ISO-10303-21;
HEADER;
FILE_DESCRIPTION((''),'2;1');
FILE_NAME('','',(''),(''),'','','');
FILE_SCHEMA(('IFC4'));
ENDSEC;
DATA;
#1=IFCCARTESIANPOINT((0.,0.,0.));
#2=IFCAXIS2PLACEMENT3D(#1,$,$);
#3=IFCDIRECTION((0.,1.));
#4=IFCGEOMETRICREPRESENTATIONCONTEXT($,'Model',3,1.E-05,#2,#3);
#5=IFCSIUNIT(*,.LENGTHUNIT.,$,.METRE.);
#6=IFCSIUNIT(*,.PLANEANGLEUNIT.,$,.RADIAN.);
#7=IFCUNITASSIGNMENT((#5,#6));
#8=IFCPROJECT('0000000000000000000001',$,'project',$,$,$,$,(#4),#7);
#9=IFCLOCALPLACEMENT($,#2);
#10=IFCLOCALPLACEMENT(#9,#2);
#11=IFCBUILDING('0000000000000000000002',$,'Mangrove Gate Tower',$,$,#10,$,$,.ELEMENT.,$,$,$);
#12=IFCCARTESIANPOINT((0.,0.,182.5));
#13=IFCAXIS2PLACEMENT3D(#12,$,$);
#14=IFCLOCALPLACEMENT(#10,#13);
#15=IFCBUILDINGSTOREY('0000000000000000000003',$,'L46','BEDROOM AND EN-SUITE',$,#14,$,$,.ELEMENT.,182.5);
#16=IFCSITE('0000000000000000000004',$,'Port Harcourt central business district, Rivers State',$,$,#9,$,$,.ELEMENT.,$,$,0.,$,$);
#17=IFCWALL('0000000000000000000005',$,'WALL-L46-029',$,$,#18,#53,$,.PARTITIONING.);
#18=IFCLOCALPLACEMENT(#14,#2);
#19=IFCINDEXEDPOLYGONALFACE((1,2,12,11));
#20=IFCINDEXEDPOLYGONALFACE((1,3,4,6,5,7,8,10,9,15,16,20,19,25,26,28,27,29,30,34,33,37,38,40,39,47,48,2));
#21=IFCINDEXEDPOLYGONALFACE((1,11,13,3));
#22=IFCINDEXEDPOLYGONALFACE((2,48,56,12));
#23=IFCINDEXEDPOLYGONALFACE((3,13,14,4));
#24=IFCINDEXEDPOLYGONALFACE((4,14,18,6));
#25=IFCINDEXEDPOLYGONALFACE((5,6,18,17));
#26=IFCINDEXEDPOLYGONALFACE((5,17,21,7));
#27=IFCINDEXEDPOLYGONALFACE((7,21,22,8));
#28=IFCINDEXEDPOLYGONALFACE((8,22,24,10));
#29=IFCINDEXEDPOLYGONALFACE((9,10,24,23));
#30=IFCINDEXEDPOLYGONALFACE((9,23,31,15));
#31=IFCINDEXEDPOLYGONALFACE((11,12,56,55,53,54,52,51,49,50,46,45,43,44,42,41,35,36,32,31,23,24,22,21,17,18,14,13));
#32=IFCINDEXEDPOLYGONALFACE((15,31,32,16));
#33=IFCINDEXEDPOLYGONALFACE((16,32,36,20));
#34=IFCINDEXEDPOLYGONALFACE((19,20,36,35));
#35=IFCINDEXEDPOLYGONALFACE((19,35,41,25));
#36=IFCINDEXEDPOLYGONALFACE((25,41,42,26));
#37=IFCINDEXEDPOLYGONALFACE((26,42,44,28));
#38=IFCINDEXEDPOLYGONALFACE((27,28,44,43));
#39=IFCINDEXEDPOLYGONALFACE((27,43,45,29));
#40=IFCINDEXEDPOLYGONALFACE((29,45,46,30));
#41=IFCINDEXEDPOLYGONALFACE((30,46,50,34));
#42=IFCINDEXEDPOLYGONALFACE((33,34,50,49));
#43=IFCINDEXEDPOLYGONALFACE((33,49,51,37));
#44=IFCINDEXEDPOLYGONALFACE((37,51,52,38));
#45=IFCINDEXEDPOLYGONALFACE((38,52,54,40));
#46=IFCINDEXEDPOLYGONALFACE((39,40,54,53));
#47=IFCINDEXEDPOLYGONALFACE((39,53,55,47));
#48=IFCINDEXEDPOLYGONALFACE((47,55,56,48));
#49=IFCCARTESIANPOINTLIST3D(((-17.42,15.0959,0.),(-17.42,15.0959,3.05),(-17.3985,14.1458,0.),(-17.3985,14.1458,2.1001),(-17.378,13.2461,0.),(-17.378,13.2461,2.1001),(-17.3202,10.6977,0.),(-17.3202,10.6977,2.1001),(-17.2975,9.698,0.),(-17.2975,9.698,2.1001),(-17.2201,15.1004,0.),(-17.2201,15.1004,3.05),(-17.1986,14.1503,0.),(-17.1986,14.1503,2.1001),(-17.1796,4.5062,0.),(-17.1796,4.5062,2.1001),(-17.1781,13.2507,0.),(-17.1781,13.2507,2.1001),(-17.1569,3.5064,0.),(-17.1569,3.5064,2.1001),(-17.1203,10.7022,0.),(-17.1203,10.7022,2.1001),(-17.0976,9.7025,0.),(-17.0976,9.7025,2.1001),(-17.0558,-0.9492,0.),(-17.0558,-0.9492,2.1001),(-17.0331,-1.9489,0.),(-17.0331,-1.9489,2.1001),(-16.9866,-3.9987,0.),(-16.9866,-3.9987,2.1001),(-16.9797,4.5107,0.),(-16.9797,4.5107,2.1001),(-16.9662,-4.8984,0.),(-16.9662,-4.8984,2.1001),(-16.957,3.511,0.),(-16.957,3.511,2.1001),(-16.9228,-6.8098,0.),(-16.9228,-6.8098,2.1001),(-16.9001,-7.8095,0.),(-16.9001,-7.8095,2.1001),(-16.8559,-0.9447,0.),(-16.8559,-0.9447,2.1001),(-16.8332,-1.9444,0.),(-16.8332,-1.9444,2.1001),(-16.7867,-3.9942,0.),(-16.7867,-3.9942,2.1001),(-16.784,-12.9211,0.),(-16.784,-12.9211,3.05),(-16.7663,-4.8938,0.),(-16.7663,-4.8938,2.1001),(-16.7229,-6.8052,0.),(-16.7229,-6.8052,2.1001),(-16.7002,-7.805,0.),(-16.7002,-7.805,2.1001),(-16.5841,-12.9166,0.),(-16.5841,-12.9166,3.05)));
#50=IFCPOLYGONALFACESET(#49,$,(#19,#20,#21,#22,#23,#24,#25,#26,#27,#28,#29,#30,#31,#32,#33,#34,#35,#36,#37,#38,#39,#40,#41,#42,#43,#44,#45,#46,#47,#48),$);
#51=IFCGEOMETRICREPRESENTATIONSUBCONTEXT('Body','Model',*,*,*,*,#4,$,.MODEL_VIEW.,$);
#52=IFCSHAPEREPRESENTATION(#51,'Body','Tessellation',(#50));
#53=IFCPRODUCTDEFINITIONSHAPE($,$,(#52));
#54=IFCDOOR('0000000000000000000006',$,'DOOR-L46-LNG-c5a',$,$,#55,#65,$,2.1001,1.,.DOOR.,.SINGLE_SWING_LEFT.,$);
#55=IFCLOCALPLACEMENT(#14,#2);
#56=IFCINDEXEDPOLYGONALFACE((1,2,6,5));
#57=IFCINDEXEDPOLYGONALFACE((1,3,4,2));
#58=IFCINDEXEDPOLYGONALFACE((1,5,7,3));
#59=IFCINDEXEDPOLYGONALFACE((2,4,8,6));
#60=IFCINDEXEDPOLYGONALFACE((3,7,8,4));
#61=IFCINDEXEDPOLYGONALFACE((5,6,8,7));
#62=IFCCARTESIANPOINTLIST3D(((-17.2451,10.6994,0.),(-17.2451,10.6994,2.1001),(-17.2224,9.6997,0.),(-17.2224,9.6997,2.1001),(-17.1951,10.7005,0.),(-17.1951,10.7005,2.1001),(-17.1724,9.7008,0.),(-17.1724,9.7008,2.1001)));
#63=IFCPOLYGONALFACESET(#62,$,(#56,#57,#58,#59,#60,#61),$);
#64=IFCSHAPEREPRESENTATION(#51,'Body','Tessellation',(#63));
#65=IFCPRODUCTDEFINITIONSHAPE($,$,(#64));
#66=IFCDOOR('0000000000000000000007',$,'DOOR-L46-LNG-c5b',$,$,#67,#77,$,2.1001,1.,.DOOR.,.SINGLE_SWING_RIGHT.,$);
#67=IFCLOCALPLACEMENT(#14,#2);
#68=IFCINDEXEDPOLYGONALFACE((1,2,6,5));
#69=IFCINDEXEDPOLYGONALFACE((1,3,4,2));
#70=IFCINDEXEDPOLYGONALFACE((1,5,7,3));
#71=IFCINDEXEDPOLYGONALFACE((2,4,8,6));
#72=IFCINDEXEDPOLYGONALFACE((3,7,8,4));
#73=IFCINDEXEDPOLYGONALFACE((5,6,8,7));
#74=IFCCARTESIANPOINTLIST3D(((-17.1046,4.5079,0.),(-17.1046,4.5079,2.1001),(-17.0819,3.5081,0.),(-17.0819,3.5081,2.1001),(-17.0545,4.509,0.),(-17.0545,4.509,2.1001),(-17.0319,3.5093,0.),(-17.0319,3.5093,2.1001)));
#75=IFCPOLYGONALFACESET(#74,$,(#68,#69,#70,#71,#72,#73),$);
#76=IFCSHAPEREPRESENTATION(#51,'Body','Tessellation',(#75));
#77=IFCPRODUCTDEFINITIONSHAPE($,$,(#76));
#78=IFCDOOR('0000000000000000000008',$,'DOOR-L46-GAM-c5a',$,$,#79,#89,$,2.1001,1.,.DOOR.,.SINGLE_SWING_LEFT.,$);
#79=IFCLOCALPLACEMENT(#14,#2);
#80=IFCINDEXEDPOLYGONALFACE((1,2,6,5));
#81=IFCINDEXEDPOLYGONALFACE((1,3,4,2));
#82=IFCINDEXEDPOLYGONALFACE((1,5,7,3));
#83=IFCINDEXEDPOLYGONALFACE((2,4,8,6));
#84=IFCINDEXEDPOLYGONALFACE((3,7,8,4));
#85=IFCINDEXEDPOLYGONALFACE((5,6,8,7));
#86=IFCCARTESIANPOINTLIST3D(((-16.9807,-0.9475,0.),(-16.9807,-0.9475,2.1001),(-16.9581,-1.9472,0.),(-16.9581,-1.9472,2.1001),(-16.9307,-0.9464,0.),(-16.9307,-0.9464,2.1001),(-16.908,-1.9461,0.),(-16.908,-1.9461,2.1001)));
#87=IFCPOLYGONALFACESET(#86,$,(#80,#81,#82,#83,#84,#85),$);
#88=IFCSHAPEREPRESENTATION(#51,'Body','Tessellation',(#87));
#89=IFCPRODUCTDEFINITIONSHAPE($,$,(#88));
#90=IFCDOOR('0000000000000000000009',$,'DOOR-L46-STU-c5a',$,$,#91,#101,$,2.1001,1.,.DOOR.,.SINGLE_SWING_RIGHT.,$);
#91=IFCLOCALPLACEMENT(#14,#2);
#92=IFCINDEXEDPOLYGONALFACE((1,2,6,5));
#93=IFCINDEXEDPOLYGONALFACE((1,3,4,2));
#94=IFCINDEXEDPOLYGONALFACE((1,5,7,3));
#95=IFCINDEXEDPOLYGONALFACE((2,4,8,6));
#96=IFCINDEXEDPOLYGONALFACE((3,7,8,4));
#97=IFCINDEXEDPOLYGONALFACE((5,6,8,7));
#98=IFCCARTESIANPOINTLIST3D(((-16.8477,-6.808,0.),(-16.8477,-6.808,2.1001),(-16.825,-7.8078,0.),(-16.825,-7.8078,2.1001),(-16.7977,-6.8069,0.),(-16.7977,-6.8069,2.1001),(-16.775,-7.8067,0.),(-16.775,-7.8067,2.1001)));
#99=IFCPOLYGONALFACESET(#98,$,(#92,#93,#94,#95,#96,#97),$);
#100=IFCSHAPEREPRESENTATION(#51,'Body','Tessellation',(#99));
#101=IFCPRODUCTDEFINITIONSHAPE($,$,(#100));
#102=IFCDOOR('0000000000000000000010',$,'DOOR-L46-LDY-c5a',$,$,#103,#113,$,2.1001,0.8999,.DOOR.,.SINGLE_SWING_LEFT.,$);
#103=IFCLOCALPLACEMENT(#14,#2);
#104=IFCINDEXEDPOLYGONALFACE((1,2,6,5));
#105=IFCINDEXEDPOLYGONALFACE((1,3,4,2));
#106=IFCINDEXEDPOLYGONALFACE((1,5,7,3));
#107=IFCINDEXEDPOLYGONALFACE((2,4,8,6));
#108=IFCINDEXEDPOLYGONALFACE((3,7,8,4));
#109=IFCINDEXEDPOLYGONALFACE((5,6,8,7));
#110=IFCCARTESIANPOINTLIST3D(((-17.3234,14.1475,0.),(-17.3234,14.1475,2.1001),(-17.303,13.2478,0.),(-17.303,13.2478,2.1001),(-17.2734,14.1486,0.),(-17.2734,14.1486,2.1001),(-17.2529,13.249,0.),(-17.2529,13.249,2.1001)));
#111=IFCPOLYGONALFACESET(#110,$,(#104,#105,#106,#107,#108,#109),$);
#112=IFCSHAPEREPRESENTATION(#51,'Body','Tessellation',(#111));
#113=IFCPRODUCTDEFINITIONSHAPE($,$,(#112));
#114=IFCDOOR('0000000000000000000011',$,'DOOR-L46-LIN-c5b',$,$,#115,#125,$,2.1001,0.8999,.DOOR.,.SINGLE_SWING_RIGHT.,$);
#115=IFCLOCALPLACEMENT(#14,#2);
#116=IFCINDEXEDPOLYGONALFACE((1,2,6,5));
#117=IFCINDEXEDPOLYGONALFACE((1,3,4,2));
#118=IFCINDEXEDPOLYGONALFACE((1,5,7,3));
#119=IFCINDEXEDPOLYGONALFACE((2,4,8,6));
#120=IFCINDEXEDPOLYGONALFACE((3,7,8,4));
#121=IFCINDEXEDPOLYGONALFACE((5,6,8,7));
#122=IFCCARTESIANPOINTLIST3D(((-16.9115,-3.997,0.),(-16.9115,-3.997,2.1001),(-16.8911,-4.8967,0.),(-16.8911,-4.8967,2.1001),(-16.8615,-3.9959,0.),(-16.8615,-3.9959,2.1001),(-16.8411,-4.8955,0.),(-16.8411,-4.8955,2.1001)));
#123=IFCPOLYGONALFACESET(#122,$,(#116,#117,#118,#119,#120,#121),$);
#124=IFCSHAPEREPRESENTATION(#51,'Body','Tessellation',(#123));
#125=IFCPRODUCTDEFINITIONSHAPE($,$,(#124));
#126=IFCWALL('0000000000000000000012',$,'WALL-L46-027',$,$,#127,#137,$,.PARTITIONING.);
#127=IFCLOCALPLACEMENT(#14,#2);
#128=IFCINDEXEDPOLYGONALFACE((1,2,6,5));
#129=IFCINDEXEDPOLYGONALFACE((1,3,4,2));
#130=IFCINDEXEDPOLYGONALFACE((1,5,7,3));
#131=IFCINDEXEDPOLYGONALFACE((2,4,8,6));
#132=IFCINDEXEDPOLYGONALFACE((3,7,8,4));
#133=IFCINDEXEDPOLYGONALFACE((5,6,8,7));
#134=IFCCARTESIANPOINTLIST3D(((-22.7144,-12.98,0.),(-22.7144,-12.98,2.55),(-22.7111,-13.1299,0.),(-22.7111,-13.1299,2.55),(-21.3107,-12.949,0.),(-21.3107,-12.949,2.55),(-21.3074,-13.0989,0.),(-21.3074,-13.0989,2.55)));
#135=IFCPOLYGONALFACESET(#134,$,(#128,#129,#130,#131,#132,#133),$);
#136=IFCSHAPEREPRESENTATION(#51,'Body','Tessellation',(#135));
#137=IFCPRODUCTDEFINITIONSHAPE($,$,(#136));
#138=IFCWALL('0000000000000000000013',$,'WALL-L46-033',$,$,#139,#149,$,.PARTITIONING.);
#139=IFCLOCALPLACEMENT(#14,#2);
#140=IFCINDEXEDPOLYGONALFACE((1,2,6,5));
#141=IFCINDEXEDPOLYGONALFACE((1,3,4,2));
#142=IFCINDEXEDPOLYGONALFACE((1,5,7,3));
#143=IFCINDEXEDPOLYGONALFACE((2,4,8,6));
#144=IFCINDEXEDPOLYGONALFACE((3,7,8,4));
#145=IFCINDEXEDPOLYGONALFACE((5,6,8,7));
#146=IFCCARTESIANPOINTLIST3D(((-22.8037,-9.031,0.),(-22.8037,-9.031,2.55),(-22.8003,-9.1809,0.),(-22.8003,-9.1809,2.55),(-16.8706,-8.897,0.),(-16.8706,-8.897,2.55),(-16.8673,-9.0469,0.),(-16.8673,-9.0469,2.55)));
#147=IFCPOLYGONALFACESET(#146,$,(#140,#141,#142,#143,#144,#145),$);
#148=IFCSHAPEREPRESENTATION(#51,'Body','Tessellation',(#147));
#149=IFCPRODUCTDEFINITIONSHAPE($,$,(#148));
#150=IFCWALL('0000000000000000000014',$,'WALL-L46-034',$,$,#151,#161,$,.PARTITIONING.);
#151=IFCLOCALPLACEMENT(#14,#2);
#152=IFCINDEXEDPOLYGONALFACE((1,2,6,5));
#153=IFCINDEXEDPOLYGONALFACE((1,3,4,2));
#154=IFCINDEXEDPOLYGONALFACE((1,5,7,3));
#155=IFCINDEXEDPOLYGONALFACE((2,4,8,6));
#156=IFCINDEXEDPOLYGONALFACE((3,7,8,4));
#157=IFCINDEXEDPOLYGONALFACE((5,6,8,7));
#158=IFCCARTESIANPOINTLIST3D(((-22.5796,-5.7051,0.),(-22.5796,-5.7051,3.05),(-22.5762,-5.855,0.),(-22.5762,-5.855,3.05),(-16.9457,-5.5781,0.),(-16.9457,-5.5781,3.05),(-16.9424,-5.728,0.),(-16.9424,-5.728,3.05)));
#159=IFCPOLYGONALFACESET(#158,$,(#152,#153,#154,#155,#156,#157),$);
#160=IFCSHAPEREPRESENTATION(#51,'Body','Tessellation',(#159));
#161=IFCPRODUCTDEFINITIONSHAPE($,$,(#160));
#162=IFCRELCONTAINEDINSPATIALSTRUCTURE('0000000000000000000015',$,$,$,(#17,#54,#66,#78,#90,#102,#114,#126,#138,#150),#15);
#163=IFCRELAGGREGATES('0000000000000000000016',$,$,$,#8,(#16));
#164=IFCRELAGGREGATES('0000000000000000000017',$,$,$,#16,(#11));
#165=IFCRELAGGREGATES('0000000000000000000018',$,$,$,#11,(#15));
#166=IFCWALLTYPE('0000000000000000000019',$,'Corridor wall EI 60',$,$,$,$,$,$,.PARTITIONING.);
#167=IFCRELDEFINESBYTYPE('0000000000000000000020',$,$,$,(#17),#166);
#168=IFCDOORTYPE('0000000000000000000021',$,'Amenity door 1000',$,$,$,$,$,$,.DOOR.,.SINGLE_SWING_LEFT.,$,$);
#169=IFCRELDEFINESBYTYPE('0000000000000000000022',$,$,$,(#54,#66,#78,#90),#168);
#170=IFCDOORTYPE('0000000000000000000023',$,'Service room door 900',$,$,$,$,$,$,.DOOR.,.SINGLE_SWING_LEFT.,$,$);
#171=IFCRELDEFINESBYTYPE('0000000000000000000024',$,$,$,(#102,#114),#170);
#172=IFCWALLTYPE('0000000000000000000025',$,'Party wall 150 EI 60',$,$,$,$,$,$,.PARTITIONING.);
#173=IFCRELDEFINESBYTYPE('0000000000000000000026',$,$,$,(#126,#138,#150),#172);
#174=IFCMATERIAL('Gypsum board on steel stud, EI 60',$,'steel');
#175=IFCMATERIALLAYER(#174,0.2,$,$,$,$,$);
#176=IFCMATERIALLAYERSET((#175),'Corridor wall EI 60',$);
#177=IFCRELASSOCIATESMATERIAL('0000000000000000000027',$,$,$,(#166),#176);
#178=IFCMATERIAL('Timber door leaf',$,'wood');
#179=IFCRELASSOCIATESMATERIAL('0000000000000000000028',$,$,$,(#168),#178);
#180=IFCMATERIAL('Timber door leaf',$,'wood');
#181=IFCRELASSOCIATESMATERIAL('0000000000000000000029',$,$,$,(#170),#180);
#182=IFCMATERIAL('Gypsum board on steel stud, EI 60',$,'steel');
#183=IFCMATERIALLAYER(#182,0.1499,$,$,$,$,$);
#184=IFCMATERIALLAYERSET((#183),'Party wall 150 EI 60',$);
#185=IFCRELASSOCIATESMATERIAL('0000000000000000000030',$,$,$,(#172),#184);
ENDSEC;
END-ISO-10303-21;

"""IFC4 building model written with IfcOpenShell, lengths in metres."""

from ifc_helpers import new_model, si_unit, direction, frame, frame_2d, origin, place, context, subcontext, project, spatial, rectangle, extrude, material, layer, layer_set, type_object, element, fill, save


model = new_model("IFC4")

# Units and contexts
model_context = context("Model", 3, precision=1e-05, world=origin(), true_north=direction((0.0, 1.0)))
body_context = subcontext(model_context, "Body", "Model", "MODEL_VIEW")
ifc_project = project(units=[si_unit("LENGTHUNIT", "METRE"), si_unit("PLANEANGLEUNIT", "RADIAN")], contexts=[model_context])

# Site, building, storey
site_placement = place(None, origin())
site = spatial("IfcSite", under=ifc_project, at=site_placement, Name="Port Harcourt central business district, Rivers State", CompositionType="ELEMENT", RefElevation=0.0)
building_placement = place(site_placement, origin())
building = spatial("IfcBuilding", under=site, at=building_placement, Name="Mangrove Gate Tower", CompositionType="ELEMENT")
storey_placement = place(building_placement, frame((0.0, 0.0, 182.5)))
storey = spatial("IfcBuildingStorey", under=building, at=storey_placement, Name="L46", Description="BEDROOM AND EN-SUITE", CompositionType="ELEMENT", Elevation=182.5)

# Shared definitions
ifc_material_1 = material(Name="Gypsum board on steel stud, EI 60", Category="steel")
ifc_layer_1 = layer(ifc_material_1, 0.2)
ifc_layer_set_1 = layer_set([ifc_layer_1], Name="Corridor wall EI 60")
wall_type_1 = type_object("IfcWallType", Name="Corridor wall EI 60", PredefinedType="PARTITIONING", material=ifc_layer_set_1)
ifc_material_2 = material(Name="Timber door leaf", Category="wood")
door_type_1 = type_object("IfcDoorType", Name="Amenity door 1000", OperationType="SINGLE_SWING_LEFT", PredefinedType="DOOR", material=ifc_material_2)

# Wall, openings, doors
wall_1_placement = place(storey_placement, frame((-16.6841, -12.9189, 0.0), z_axis=(0.0, 0.0, 1.0), x_axis=(-0.022694, 0.999742, 0.0)))
wall_1 = element("IfcWall", 1, at=wall_1_placement, inside=storey, type_object=wall_type_1, Name="WALL-L46-029", PredefinedType="PARTITIONING", context=body_context, shape_type="SweptSolid", body=[
    extrude(rectangle(XDim=28.0242, YDim=0.2, at=frame_2d((14.0122, 0.0))), origin(), (0.0, 0.0, 1.0), 3.05),
])
opening_1_placement = place(wall_1_placement, frame((22.625, 0.0, 0.0)))
opening_1 = element("IfcOpeningElement", 2, at=opening_1_placement, cuts=wall_1, PredefinedType="OPENING", context=body_context, shape_type="SweptSolid", body=[
    extrude(rectangle(XDim=1.0, YDim=2.1001, at=frame_2d((0.5, 1.05))), frame((0.0, 0.1099, 0.0), z_axis=(0.0, -1.0, 0.0), x_axis=(1.0, 0.0, 0.0)), (0.0, 0.0, 1.0), 0.22),
])
opening_2_placement = place(wall_1_placement, frame((26.1741, 0.0, 0.0)))
opening_2 = element("IfcOpeningElement", 3, at=opening_2_placement, cuts=wall_1, PredefinedType="OPENING", context=body_context, shape_type="SweptSolid", body=[
    extrude(rectangle(XDim=0.8999, YDim=2.1001, at=frame_2d((0.45, 1.05))), frame((0.0, 0.1099, 0.0), z_axis=(0.0, -1.0, 0.0), x_axis=(1.0, 0.0, 0.0)), (0.0, 0.0, 1.0), 0.22),
])
opening_3_placement = place(wall_1_placement, frame((16.4319, 0.0, 0.0)))
opening_3 = element("IfcOpeningElement", 4, at=opening_3_placement, cuts=wall_1, PredefinedType="OPENING", context=body_context, shape_type="SweptSolid", body=[
    extrude(rectangle(XDim=1.0, YDim=2.1001, at=frame_2d((0.5, 1.05))), frame((0.0, 0.1099, 0.0), z_axis=(0.0, -1.0, 0.0), x_axis=(1.0, 0.0, 0.0)), (0.0, 0.0, 1.0), 0.22),
])
opening_4_placement = place(wall_1_placement, frame((10.9751, 0.0, 0.0)))
opening_4 = element("IfcOpeningElement", 5, at=opening_4_placement, cuts=wall_1, PredefinedType="OPENING", context=body_context, shape_type="SweptSolid", body=[
    extrude(rectangle(XDim=1.0, YDim=2.1001, at=frame_2d((0.5, 1.05))), frame((0.0, 0.1099, 0.0), z_axis=(0.0, -1.0, 0.0), x_axis=(1.0, 0.0, 0.0)), (0.0, 0.0, 1.0), 0.22),
])
opening_5_placement = place(wall_1_placement, frame((8.0249, 0.0, 0.0)))
opening_5 = element("IfcOpeningElement", 6, at=opening_5_placement, cuts=wall_1, PredefinedType="OPENING", context=body_context, shape_type="SweptSolid", body=[
    extrude(rectangle(XDim=0.8999, YDim=2.1001, at=frame_2d((0.45, 1.05))), frame((0.0, 0.1099, 0.0), z_axis=(0.0, -1.0, 0.0), x_axis=(1.0, 0.0, 0.0)), (0.0, 0.0, 1.0), 0.22),
])
opening_6_placement = place(wall_1_placement, frame((5.113, 0.0, 0.0)))
opening_6 = element("IfcOpeningElement", 7, at=opening_6_placement, cuts=wall_1, PredefinedType="OPENING", context=body_context, shape_type="SweptSolid", body=[
    extrude(rectangle(XDim=1.0, YDim=2.1001, at=frame_2d((0.5, 1.05))), frame((0.0, 0.1099, 0.0), z_axis=(0.0, -1.0, 0.0), x_axis=(1.0, 0.0, 0.0)), (0.0, 0.0, 1.0), 0.22),
])
door_1_placement = place(opening_1_placement, origin())
door_1 = element("IfcDoor", 8, at=door_1_placement, inside=storey, type_object=door_type_1, Name="DOOR-L46-LNG-c5a", OperationType="SINGLE_SWING_LEFT", OverallHeight=2.1001, OverallWidth=1.0, PredefinedType="DOOR", context=body_context, shape_type="SweptSolid", body=[
    extrude(rectangle(XDim=1.0, YDim=2.1001, at=frame_2d((0.5, 1.05))), frame((0.0, 0.0249, 0.0), z_axis=(0.0, -1.0, 0.0), x_axis=(1.0, 0.0, 0.0)), (0.0, 0.0, 1.0), 0.05),
])
fill(opening_1, door_1)
door_2_placement = place(opening_3_placement, origin())
door_2 = element("IfcDoor", 9, at=door_2_placement, inside=storey, type_object=door_type_1, Name="DOOR-L46-LNG-c5b", OperationType="SINGLE_SWING_RIGHT", OverallHeight=2.1001, OverallWidth=1.0, PredefinedType="DOOR", context=body_context, shape_type="SweptSolid", body=[
    extrude(rectangle(XDim=1.0, YDim=2.1001, at=frame_2d((0.5, 1.05))), frame((0.0, 0.0249, 0.0), z_axis=(0.0, -1.0, 0.0), x_axis=(1.0, 0.0, 0.0)), (0.0, 0.0, 1.0), 0.05),
])
fill(opening_3, door_2)
door_3_placement = place(opening_4_placement, origin())
door_3 = element("IfcDoor", 10, at=door_3_placement, inside=storey, type_object=door_type_1, Name="DOOR-L46-GAM-c5a", OperationType="SINGLE_SWING_LEFT", OverallHeight=2.1001, OverallWidth=1.0, PredefinedType="DOOR", context=body_context, shape_type="SweptSolid", body=[
    extrude(rectangle(XDim=1.0, YDim=2.1001, at=frame_2d((0.5, 1.05))), frame((0.0, 0.0249, 0.0), z_axis=(0.0, -1.0, 0.0), x_axis=(1.0, 0.0, 0.0)), (0.0, 0.0, 1.0), 0.05),
])
fill(opening_4, door_3)
door_4_placement = place(opening_6_placement, origin())
door_4 = element("IfcDoor", 11, at=door_4_placement, inside=storey, type_object=door_type_1, Name="DOOR-L46-STU-c5a", OperationType="SINGLE_SWING_RIGHT", OverallHeight=2.1001, OverallWidth=1.0, PredefinedType="DOOR", context=body_context, shape_type="SweptSolid", body=[
    extrude(rectangle(XDim=1.0, YDim=2.1001, at=frame_2d((0.5, 1.05))), frame((0.0, 0.0249, 0.0), z_axis=(0.0, -1.0, 0.0), x_axis=(1.0, 0.0, 0.0)), (0.0, 0.0, 1.0), 0.05),
])
fill(opening_6, door_4)
ifc_material_3 = material(Name="Timber door leaf", Category="wood")
door_type_2 = type_object("IfcDoorType", Name="Service room door 900", OperationType="SINGLE_SWING_LEFT", PredefinedType="DOOR", material=ifc_material_3)
door_5_placement = place(opening_2_placement, origin())
door_5 = element("IfcDoor", 12, at=door_5_placement, inside=storey, type_object=door_type_2, Name="DOOR-L46-LDY-c5a", OperationType="SINGLE_SWING_LEFT", OverallHeight=2.1001, OverallWidth=0.8999, PredefinedType="DOOR", context=body_context, shape_type="SweptSolid", body=[
    extrude(rectangle(XDim=0.8999, YDim=2.1001, at=frame_2d((0.45, 1.05))), frame((0.0, 0.0249, 0.0), z_axis=(0.0, -1.0, 0.0), x_axis=(1.0, 0.0, 0.0)), (0.0, 0.0, 1.0), 0.05),
])
fill(opening_2, door_5)
door_6_placement = place(opening_5_placement, origin())
door_6 = element("IfcDoor", 13, at=door_6_placement, inside=storey, type_object=door_type_2, Name="DOOR-L46-LIN-c5b", OperationType="SINGLE_SWING_RIGHT", OverallHeight=2.1001, OverallWidth=0.8999, PredefinedType="DOOR", context=body_context, shape_type="SweptSolid", body=[
    extrude(rectangle(XDim=0.8999, YDim=2.1001, at=frame_2d((0.45, 1.05))), frame((0.0, 0.0249, 0.0), z_axis=(0.0, -1.0, 0.0), x_axis=(1.0, 0.0, 0.0)), (0.0, 0.0, 1.0), 0.05),
])
fill(opening_5, door_6)

# Walls
ifc_material_4 = material(Name="Gypsum board on steel stud, EI 60", Category="steel")
ifc_layer_2 = layer(ifc_material_4, 0.1499)
ifc_layer_set_2 = layer_set([ifc_layer_2], Name="Party wall 150 EI 60")
wall_type_2 = type_object("IfcWallType", Name="Party wall 150 EI 60", PredefinedType="PARTITIONING", material=ifc_layer_set_2)
wall_2_placement = place(storey_placement, frame((-22.7129, -13.0549, 0.0), z_axis=(0.0, 0.0, 1.0), x_axis=(0.999756, 0.022082, 0.0)))
element("IfcWall", 14, at=wall_2_placement, inside=storey, type_object=wall_type_2, Name="WALL-L46-027", PredefinedType="PARTITIONING", context=body_context, shape_type="SweptSolid", body=[
    extrude(rectangle(XDim=1.4041, YDim=0.1499, at=frame_2d((0.7021, 0.0))), origin(), (0.0, 0.0, 1.0), 2.55),
])
wall_3_placement = place(storey_placement, frame((-22.802, -9.106, 0.0), z_axis=(0.0, 0.0, 1.0), x_axis=(0.999745, 0.022585, 0.0)))
element("IfcWall", 15, at=wall_3_placement, inside=storey, type_object=wall_type_2, Name="WALL-L46-033", PredefinedType="PARTITIONING", context=body_context, shape_type="SweptSolid", body=[
    extrude(rectangle(XDim=5.9346, YDim=0.1499, at=frame_2d((2.9673, 0.0))), origin(), (0.0, 0.0, 1.0), 2.55),
])
wall_4_placement = place(storey_placement, frame((-22.5779, -5.78, 0.0), z_axis=(0.0, 0.0, 1.0), x_axis=(0.999746, 0.022529, 0.0)))
element("IfcWall", 16, at=wall_4_placement, inside=storey, type_object=wall_type_2, Name="WALL-L46-034", PredefinedType="PARTITIONING", context=body_context, shape_type="SweptSolid", body=[
    extrude(rectangle(XDim=5.6353, YDim=0.1499, at=frame_2d((2.8176, 0.0))), origin(), (0.0, 0.0, 1.0), 3.05),
])

save(model, "model.ifc")
